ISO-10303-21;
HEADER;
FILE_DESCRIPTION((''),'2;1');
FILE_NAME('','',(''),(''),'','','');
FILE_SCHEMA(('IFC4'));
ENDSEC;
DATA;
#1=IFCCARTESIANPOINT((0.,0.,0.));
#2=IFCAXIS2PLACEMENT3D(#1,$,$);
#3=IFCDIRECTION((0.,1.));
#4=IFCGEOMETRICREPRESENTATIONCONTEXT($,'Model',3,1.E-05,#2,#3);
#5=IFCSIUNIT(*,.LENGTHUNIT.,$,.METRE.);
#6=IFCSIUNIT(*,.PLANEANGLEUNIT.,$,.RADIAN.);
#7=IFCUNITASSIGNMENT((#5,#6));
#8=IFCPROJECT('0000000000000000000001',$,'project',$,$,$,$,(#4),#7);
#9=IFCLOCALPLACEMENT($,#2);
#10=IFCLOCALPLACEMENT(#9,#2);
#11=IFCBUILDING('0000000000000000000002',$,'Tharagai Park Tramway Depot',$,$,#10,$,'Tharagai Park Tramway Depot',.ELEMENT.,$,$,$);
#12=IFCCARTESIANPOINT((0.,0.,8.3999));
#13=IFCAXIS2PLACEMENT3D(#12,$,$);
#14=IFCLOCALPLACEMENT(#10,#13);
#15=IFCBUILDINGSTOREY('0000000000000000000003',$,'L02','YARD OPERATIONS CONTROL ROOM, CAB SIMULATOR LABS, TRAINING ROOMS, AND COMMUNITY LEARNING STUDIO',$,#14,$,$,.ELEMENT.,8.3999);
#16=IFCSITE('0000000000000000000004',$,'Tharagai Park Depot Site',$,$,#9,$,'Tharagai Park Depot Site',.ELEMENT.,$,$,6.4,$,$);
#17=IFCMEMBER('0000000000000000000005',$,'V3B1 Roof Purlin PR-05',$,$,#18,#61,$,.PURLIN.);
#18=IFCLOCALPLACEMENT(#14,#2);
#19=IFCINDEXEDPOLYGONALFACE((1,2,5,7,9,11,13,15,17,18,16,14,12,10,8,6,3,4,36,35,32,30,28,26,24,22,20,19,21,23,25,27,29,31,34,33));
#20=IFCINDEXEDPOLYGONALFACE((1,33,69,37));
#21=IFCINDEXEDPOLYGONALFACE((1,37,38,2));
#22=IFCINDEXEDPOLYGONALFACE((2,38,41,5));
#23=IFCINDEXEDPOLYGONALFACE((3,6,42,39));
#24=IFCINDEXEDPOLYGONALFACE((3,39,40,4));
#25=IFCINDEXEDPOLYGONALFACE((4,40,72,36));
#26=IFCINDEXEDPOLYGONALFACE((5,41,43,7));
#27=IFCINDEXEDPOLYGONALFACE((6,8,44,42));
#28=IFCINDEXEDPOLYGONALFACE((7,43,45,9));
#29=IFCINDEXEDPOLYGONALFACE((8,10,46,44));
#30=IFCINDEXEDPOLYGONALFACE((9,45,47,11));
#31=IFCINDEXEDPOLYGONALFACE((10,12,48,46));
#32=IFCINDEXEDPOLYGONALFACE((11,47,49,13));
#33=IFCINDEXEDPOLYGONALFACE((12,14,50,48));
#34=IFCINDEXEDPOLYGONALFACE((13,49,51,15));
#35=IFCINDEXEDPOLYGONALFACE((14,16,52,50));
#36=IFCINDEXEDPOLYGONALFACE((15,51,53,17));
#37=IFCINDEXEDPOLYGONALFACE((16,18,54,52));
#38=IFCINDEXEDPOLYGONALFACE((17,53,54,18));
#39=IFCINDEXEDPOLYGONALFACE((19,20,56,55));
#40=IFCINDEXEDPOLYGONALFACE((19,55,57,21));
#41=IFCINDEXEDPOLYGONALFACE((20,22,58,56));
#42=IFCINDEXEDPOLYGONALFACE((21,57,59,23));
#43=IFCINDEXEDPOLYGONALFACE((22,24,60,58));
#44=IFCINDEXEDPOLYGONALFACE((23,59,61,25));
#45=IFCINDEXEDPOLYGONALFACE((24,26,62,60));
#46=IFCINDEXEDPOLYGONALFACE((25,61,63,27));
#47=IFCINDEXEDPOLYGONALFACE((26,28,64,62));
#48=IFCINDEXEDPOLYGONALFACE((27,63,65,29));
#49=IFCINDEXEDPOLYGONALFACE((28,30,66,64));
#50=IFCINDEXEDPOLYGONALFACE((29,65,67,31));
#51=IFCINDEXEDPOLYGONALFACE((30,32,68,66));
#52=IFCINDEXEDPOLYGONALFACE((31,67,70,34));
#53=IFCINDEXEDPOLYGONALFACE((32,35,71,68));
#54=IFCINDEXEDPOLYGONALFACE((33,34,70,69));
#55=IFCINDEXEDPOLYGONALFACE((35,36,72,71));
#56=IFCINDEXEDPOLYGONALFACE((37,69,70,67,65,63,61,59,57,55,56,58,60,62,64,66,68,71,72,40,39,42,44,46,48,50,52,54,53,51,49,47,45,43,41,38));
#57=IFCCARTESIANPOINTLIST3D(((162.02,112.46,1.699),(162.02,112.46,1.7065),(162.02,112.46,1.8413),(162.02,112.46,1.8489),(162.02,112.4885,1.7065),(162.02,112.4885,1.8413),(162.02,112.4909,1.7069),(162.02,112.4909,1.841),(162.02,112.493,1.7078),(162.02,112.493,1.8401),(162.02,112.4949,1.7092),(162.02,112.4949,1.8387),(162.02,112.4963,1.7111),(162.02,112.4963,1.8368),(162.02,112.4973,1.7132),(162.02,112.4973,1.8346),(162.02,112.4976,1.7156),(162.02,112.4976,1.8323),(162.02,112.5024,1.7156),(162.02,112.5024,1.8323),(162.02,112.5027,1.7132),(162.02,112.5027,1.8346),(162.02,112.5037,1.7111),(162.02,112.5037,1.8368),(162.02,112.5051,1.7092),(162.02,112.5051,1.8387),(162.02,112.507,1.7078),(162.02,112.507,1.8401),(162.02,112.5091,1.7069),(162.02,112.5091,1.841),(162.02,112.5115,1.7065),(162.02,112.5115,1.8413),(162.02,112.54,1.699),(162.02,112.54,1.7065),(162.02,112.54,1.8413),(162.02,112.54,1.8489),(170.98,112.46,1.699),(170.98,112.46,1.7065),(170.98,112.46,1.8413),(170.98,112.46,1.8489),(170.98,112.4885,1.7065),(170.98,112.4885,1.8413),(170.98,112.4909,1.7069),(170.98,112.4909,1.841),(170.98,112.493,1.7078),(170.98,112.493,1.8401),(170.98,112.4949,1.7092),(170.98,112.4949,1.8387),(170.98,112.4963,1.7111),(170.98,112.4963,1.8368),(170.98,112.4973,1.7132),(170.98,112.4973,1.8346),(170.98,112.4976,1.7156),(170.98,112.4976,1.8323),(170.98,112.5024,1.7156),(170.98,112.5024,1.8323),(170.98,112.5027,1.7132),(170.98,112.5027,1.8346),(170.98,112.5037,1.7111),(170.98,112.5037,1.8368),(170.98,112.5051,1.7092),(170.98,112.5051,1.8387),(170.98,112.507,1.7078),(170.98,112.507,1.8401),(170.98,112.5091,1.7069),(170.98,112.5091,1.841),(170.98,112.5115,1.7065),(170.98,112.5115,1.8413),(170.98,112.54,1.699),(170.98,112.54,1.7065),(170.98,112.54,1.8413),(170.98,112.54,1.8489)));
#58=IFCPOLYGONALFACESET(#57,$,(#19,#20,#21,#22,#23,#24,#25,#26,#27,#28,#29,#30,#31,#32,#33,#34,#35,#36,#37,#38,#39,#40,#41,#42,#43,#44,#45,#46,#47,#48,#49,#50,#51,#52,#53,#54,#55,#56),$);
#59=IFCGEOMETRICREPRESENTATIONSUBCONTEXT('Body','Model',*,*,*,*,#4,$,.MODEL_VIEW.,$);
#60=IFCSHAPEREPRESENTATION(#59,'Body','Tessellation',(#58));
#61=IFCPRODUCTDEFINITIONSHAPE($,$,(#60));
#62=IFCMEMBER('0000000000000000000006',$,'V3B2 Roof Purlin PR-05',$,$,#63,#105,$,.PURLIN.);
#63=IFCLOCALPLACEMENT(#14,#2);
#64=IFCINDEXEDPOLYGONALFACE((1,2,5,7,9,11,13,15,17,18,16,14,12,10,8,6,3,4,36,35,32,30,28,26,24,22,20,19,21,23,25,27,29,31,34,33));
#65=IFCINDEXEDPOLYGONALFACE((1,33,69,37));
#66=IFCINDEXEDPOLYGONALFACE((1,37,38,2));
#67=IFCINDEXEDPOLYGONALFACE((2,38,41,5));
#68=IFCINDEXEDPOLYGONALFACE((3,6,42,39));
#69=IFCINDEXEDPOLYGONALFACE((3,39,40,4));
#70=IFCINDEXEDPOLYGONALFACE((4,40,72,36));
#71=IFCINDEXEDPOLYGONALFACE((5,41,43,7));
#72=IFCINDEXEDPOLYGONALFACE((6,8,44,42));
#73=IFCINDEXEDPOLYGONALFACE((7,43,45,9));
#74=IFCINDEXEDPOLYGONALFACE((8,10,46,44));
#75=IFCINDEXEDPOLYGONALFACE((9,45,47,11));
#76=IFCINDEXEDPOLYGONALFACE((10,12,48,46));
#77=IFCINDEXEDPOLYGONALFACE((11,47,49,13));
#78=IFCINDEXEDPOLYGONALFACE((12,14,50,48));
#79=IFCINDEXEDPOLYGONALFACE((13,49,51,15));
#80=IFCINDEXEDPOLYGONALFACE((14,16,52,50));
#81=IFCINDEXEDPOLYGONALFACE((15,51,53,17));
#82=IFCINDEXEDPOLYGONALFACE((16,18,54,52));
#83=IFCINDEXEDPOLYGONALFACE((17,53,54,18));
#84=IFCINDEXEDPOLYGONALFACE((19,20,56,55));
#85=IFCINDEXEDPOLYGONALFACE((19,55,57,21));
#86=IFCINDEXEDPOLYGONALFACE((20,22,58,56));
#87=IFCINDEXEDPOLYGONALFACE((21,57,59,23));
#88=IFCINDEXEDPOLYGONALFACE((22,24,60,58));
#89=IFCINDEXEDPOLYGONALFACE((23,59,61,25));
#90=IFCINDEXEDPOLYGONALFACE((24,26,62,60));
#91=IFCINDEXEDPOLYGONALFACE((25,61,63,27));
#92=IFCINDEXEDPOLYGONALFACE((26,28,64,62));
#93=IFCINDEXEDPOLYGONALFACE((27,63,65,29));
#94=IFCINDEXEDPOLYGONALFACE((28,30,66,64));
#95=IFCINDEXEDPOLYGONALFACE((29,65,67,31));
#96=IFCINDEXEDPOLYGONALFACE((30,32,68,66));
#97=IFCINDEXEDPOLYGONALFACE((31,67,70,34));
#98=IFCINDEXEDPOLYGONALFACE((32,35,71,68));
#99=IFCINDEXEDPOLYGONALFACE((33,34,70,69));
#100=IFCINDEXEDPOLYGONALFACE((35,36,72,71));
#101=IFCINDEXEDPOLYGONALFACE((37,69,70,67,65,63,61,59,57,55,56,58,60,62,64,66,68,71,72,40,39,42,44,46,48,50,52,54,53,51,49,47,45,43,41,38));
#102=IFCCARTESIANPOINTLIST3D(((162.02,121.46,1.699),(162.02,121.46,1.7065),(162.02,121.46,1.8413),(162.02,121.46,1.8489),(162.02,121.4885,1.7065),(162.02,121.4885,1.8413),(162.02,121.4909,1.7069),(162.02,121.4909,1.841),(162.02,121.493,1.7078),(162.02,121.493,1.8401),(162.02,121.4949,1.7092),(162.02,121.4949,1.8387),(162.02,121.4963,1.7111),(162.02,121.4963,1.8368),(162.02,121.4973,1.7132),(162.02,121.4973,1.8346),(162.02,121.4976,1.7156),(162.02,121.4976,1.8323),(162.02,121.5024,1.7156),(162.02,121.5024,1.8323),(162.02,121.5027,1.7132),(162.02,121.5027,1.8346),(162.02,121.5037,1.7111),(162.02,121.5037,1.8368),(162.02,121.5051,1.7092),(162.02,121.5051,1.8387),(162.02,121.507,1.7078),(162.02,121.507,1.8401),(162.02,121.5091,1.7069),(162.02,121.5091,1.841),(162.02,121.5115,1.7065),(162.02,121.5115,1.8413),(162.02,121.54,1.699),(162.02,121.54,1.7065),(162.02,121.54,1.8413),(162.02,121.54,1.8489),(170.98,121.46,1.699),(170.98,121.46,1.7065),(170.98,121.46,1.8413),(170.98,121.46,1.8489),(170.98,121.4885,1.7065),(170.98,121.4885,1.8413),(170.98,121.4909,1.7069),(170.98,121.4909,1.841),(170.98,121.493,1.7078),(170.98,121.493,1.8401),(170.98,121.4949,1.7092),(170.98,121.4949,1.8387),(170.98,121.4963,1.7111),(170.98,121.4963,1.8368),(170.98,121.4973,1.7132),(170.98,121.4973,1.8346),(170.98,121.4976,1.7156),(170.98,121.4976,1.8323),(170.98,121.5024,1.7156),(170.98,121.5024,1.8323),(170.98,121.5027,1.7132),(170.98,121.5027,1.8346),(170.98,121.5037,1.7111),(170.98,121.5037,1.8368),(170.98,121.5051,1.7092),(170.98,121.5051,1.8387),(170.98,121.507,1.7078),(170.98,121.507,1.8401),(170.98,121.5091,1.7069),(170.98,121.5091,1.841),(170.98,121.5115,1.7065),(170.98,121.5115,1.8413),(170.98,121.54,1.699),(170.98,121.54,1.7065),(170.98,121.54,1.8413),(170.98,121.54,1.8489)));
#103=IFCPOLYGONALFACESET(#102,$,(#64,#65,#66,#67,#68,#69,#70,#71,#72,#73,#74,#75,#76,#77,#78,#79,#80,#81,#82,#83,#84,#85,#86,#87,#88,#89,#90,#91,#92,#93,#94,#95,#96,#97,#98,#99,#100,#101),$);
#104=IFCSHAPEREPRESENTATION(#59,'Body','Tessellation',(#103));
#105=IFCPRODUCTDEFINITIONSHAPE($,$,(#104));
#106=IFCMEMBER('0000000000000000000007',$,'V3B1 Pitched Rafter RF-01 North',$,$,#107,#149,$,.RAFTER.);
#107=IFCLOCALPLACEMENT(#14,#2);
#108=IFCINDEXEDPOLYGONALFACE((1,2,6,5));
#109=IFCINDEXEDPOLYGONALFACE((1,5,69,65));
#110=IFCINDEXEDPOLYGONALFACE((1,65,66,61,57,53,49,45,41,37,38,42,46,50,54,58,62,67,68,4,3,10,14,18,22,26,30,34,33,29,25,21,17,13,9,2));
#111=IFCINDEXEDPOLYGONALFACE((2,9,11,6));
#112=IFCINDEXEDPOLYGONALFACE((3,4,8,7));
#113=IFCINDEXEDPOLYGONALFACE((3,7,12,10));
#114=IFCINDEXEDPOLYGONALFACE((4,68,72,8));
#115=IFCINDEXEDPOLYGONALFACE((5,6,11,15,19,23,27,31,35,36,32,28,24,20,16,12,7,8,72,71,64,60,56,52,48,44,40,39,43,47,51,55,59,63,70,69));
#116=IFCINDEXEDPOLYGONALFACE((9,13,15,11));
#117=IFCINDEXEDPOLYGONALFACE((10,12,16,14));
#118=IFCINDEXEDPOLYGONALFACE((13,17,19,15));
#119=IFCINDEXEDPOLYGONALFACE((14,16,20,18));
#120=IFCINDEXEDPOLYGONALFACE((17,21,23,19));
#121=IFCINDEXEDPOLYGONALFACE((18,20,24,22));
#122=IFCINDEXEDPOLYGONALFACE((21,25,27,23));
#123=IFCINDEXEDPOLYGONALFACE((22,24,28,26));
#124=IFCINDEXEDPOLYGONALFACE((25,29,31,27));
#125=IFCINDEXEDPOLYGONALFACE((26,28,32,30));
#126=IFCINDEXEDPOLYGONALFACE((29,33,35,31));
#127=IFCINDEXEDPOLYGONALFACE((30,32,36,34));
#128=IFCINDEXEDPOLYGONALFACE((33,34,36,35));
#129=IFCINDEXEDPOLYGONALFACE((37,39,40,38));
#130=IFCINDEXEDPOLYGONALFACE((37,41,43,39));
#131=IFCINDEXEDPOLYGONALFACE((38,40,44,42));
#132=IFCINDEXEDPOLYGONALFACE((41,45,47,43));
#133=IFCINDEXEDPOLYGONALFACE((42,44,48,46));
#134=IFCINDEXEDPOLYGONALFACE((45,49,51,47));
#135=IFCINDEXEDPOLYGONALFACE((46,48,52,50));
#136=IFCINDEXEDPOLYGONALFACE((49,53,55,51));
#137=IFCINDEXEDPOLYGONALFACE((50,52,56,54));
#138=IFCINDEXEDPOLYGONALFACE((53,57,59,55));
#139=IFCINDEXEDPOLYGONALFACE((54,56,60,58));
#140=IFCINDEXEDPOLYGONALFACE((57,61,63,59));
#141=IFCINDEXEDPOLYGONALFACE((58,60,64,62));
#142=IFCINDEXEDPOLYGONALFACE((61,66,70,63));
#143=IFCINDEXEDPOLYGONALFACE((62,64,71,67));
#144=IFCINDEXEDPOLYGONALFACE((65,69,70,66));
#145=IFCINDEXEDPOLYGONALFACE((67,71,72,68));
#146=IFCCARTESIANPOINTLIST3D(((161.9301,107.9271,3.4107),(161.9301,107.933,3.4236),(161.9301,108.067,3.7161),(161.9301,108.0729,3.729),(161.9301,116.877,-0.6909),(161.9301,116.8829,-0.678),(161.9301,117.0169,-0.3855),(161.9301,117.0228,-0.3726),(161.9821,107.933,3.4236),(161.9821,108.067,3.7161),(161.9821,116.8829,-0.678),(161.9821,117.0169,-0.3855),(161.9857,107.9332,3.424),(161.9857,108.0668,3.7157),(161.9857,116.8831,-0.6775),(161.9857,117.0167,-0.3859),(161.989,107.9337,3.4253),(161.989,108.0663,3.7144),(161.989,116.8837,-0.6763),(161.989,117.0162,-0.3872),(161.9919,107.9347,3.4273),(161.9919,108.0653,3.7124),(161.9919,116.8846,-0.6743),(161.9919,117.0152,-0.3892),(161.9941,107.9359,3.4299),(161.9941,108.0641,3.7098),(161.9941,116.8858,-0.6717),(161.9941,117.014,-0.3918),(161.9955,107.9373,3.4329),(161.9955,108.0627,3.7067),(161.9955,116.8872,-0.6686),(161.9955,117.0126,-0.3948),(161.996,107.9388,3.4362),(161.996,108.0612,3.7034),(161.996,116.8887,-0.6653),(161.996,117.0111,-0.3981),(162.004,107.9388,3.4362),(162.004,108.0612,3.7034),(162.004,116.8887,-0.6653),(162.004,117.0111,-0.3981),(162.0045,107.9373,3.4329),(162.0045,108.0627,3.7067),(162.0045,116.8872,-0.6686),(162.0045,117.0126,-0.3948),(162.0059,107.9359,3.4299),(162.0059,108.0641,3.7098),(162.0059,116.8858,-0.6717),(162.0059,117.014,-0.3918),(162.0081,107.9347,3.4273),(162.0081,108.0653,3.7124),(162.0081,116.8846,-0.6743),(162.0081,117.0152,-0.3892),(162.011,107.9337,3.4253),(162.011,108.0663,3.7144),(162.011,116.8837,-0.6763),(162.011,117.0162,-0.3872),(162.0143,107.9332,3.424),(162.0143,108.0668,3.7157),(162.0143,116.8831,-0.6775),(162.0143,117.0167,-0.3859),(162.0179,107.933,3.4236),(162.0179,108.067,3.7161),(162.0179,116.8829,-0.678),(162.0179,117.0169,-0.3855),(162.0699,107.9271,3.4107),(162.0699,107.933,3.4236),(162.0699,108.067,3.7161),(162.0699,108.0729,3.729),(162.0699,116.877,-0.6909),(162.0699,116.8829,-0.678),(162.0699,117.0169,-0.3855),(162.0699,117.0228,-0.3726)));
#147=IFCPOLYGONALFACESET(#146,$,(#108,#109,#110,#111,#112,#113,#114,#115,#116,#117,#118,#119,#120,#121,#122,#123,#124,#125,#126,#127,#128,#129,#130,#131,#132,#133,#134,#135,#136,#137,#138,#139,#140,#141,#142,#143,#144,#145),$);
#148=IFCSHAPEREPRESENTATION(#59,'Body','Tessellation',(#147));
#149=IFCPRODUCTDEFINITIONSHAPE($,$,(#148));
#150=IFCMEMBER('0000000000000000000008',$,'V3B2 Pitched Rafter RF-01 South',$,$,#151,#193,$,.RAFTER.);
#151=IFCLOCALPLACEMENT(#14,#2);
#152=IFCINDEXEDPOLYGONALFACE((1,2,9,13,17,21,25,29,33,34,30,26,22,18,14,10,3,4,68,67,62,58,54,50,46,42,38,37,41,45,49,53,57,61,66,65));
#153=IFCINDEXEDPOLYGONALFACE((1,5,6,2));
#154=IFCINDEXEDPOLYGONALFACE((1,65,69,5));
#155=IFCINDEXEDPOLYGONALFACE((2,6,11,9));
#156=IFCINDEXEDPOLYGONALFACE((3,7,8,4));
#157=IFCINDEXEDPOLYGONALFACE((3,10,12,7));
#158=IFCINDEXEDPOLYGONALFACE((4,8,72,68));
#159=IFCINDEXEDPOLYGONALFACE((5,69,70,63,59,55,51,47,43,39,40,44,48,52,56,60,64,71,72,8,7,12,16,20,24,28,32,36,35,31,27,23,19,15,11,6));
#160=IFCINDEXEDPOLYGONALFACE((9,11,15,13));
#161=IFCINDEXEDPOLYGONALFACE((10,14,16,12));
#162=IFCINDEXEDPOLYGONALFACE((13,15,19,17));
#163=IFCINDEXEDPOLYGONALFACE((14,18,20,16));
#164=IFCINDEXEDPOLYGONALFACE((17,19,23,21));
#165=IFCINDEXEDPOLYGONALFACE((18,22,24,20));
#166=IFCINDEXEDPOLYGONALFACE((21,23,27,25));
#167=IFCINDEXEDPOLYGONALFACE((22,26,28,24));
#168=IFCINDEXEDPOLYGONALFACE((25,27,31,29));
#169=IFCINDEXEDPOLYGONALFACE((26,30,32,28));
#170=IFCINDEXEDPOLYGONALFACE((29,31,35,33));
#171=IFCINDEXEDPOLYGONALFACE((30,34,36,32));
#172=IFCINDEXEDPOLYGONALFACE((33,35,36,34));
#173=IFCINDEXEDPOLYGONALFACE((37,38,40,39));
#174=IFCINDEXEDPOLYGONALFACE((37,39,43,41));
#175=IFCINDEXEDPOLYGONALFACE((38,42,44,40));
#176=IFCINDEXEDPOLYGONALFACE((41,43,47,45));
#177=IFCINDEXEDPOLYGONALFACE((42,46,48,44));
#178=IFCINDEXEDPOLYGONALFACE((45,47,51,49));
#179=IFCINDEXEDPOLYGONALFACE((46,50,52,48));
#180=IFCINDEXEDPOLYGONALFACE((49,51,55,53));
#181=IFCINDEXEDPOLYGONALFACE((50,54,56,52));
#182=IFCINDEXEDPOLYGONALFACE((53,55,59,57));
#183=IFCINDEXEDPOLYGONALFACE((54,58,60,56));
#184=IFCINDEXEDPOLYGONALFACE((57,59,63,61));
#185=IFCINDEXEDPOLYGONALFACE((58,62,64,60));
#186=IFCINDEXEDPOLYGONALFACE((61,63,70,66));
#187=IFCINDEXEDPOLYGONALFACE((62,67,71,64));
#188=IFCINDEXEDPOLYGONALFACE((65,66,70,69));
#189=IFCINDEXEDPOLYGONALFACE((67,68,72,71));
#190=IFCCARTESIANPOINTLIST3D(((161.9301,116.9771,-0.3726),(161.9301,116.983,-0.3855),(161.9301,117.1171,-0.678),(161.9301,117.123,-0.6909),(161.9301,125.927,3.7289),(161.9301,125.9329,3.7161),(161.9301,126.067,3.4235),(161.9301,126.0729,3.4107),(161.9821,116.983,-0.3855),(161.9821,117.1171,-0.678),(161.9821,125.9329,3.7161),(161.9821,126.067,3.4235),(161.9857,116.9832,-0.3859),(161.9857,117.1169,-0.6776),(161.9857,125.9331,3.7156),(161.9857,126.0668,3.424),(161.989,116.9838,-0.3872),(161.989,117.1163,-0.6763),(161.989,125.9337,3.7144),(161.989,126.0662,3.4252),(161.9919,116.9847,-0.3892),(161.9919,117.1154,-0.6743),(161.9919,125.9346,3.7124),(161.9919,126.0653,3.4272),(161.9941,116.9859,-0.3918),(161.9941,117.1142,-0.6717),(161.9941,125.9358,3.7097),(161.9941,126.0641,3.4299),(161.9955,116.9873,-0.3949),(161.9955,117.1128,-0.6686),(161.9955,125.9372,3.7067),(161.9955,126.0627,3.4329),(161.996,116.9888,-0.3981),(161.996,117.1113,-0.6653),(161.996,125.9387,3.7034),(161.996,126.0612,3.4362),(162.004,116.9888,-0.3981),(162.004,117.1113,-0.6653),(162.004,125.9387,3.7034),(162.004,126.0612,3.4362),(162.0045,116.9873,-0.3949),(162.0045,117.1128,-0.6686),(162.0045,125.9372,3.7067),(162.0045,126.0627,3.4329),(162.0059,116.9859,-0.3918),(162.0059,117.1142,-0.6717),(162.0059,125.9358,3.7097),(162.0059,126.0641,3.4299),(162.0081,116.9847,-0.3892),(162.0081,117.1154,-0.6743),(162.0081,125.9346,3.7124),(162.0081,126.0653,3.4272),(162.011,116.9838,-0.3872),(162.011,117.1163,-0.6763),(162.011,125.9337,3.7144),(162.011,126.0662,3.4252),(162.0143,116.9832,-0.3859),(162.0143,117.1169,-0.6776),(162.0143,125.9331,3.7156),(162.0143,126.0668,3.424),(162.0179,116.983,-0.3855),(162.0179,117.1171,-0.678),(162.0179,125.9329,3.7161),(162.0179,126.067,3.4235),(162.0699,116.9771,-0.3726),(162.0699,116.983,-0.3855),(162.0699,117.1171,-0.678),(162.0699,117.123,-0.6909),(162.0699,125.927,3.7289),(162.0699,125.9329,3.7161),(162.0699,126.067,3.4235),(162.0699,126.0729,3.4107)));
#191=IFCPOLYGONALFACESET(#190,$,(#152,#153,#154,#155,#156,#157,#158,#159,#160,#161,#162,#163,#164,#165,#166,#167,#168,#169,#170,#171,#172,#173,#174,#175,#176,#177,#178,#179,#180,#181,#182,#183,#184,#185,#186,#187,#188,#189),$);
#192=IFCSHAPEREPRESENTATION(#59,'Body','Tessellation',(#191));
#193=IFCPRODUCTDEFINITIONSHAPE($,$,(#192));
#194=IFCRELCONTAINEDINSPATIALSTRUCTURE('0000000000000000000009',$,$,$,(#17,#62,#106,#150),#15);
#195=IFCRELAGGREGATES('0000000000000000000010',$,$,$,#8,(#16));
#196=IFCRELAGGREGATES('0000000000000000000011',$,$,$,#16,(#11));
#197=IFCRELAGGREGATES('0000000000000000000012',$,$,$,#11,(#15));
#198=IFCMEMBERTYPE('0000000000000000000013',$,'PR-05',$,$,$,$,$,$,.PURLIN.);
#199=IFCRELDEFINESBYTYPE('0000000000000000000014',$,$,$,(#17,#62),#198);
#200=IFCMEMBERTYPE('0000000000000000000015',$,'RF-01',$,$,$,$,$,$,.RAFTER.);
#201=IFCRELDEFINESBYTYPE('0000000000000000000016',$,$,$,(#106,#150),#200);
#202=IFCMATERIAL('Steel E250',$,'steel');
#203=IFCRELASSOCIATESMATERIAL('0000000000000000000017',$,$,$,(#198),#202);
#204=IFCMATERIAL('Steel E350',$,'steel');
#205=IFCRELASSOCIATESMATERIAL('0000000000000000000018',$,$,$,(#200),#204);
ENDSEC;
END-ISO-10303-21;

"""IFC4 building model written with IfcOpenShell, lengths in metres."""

from ifc_helpers import new_model, si_unit, direction, frame, origin, origin_2d, place, context, subcontext, project, spatial, i_section, extrude, material, material_profile, profile_set, type_object, element, save


model = new_model("IFC4")

# Units and contexts
model_context = context("Model", 3, precision=1e-05, world=origin(), true_north=direction((0.0, 1.0)))
body_context = subcontext(model_context, "Body", "Model", "MODEL_VIEW")
ifc_project = project(units=[si_unit("LENGTHUNIT", "METRE"), si_unit("PLANEANGLEUNIT", "RADIAN")], contexts=[model_context])

# Site, building, storey
site_placement = place(None, origin())
site = spatial("IfcSite", under=ifc_project, at=site_placement, Name="Tharagai Park Depot Site", LongName="Tharagai Park Depot Site", CompositionType="ELEMENT", RefElevation=6.4)
building_placement = place(site_placement, origin())
building = spatial("IfcBuilding", under=site, at=building_placement, Name="Tharagai Park Tramway Depot", LongName="Tharagai Park Tramway Depot", CompositionType="ELEMENT")
storey_placement = place(building_placement, frame((0.0, 0.0, 8.3999)))
storey = spatial("IfcBuildingStorey", under=building, at=storey_placement, Name="L02", Description="YARD OPERATIONS CONTROL ROOM, CAB SIMULATOR LABS, TRAINING ROOMS, AND COMMUNITY LEARNING STUDIO", CompositionType="ELEMENT", Elevation=8.3999)

# Shared definitions
ifc_material_1 = material(Name="Steel E350", Category="steel")

# Members
ifc_material_2 = material(Name="Steel E250", Category="steel")
ifc_material_profile_1 = material_profile(ifc_material_2, i_section(OverallWidth=0.0801, OverallDepth=0.1499, WebThickness=0.0049, FlangeThickness=0.0076, FilletRadius=0.009, at=origin_2d()), Name="ISMB 150")
ifc_profile_set_1 = profile_set([ifc_material_profile_1], Name="Steel E250")
member_type_1 = type_object("IfcMemberType", Name="PR-05", PredefinedType="PURLIN", material=ifc_profile_set_1)
for number, where, z_axis, x_axis, name in (
    (1, (162.02, 112.5, 1.7739), (1.0, 0.0, 0.0), (0.0, 1.0, 0.0), "V3B1 Roof Purlin PR-05"),
    (2, (162.02, 121.5, 1.7739), (1.0, 0.0, 0.0), (0.0, 1.0, 0.0), "V3B2 Roof Purlin PR-05"),
):
    element("IfcMember", number, at=place(storey_placement, frame(where, z_axis=z_axis, x_axis=x_axis)), inside=storey, type_object=member_type_1, Name=name, PredefinedType="PURLIN", context=body_context, shape_type="SweptSolid", body=[
        extrude(i_section(OverallWidth=0.0801, OverallDepth=0.1499, WebThickness=0.0049, FlangeThickness=0.0076, FilletRadius=0.009, at=origin_2d()), origin(), (0.0, 0.0, 1.0), 8.96),
    ])
ifc_material_profile_2 = material_profile(ifc_material_1, i_section(OverallWidth=0.1399, OverallDepth=0.3501, WebThickness=0.0081, FlangeThickness=0.0142, FilletRadius=0.0139, at=origin_2d()), Name="ISMB 350")
ifc_profile_set_2 = profile_set([ifc_material_profile_2], Name="Steel E350")
member_type_2 = type_object("IfcMemberType", Name="RF-01", PredefinedType="RAFTER", material=ifc_profile_set_2)
for number, where, z_axis, x_axis, name in (
    (3, (162.0, 108.0, 3.5698), (0.0, 0.909084, -0.416613), (-1.0, 0.0, 0.0), "V3B1 Pitched Rafter RF-01 North"),
    (4, (162.0, 117.05, -0.5317), (0.0, 0.909084, 0.416613), (-1.0, 0.0, 0.0), "V3B2 Pitched Rafter RF-01 South"),
):
    element("IfcMember", number, at=place(storey_placement, frame(where, z_axis=z_axis, x_axis=x_axis)), inside=storey, type_object=member_type_2, Name=name, PredefinedType="RAFTER", context=body_context, shape_type="SweptSolid", body=[
        extrude(i_section(OverallWidth=0.1399, OverallDepth=0.3501, WebThickness=0.0081, FlangeThickness=0.0142, FilletRadius=0.0139, at=origin_2d()), origin(), (0.0, 0.0, 1.0), 9.845),
    ])

save(model, "model.ifc")
